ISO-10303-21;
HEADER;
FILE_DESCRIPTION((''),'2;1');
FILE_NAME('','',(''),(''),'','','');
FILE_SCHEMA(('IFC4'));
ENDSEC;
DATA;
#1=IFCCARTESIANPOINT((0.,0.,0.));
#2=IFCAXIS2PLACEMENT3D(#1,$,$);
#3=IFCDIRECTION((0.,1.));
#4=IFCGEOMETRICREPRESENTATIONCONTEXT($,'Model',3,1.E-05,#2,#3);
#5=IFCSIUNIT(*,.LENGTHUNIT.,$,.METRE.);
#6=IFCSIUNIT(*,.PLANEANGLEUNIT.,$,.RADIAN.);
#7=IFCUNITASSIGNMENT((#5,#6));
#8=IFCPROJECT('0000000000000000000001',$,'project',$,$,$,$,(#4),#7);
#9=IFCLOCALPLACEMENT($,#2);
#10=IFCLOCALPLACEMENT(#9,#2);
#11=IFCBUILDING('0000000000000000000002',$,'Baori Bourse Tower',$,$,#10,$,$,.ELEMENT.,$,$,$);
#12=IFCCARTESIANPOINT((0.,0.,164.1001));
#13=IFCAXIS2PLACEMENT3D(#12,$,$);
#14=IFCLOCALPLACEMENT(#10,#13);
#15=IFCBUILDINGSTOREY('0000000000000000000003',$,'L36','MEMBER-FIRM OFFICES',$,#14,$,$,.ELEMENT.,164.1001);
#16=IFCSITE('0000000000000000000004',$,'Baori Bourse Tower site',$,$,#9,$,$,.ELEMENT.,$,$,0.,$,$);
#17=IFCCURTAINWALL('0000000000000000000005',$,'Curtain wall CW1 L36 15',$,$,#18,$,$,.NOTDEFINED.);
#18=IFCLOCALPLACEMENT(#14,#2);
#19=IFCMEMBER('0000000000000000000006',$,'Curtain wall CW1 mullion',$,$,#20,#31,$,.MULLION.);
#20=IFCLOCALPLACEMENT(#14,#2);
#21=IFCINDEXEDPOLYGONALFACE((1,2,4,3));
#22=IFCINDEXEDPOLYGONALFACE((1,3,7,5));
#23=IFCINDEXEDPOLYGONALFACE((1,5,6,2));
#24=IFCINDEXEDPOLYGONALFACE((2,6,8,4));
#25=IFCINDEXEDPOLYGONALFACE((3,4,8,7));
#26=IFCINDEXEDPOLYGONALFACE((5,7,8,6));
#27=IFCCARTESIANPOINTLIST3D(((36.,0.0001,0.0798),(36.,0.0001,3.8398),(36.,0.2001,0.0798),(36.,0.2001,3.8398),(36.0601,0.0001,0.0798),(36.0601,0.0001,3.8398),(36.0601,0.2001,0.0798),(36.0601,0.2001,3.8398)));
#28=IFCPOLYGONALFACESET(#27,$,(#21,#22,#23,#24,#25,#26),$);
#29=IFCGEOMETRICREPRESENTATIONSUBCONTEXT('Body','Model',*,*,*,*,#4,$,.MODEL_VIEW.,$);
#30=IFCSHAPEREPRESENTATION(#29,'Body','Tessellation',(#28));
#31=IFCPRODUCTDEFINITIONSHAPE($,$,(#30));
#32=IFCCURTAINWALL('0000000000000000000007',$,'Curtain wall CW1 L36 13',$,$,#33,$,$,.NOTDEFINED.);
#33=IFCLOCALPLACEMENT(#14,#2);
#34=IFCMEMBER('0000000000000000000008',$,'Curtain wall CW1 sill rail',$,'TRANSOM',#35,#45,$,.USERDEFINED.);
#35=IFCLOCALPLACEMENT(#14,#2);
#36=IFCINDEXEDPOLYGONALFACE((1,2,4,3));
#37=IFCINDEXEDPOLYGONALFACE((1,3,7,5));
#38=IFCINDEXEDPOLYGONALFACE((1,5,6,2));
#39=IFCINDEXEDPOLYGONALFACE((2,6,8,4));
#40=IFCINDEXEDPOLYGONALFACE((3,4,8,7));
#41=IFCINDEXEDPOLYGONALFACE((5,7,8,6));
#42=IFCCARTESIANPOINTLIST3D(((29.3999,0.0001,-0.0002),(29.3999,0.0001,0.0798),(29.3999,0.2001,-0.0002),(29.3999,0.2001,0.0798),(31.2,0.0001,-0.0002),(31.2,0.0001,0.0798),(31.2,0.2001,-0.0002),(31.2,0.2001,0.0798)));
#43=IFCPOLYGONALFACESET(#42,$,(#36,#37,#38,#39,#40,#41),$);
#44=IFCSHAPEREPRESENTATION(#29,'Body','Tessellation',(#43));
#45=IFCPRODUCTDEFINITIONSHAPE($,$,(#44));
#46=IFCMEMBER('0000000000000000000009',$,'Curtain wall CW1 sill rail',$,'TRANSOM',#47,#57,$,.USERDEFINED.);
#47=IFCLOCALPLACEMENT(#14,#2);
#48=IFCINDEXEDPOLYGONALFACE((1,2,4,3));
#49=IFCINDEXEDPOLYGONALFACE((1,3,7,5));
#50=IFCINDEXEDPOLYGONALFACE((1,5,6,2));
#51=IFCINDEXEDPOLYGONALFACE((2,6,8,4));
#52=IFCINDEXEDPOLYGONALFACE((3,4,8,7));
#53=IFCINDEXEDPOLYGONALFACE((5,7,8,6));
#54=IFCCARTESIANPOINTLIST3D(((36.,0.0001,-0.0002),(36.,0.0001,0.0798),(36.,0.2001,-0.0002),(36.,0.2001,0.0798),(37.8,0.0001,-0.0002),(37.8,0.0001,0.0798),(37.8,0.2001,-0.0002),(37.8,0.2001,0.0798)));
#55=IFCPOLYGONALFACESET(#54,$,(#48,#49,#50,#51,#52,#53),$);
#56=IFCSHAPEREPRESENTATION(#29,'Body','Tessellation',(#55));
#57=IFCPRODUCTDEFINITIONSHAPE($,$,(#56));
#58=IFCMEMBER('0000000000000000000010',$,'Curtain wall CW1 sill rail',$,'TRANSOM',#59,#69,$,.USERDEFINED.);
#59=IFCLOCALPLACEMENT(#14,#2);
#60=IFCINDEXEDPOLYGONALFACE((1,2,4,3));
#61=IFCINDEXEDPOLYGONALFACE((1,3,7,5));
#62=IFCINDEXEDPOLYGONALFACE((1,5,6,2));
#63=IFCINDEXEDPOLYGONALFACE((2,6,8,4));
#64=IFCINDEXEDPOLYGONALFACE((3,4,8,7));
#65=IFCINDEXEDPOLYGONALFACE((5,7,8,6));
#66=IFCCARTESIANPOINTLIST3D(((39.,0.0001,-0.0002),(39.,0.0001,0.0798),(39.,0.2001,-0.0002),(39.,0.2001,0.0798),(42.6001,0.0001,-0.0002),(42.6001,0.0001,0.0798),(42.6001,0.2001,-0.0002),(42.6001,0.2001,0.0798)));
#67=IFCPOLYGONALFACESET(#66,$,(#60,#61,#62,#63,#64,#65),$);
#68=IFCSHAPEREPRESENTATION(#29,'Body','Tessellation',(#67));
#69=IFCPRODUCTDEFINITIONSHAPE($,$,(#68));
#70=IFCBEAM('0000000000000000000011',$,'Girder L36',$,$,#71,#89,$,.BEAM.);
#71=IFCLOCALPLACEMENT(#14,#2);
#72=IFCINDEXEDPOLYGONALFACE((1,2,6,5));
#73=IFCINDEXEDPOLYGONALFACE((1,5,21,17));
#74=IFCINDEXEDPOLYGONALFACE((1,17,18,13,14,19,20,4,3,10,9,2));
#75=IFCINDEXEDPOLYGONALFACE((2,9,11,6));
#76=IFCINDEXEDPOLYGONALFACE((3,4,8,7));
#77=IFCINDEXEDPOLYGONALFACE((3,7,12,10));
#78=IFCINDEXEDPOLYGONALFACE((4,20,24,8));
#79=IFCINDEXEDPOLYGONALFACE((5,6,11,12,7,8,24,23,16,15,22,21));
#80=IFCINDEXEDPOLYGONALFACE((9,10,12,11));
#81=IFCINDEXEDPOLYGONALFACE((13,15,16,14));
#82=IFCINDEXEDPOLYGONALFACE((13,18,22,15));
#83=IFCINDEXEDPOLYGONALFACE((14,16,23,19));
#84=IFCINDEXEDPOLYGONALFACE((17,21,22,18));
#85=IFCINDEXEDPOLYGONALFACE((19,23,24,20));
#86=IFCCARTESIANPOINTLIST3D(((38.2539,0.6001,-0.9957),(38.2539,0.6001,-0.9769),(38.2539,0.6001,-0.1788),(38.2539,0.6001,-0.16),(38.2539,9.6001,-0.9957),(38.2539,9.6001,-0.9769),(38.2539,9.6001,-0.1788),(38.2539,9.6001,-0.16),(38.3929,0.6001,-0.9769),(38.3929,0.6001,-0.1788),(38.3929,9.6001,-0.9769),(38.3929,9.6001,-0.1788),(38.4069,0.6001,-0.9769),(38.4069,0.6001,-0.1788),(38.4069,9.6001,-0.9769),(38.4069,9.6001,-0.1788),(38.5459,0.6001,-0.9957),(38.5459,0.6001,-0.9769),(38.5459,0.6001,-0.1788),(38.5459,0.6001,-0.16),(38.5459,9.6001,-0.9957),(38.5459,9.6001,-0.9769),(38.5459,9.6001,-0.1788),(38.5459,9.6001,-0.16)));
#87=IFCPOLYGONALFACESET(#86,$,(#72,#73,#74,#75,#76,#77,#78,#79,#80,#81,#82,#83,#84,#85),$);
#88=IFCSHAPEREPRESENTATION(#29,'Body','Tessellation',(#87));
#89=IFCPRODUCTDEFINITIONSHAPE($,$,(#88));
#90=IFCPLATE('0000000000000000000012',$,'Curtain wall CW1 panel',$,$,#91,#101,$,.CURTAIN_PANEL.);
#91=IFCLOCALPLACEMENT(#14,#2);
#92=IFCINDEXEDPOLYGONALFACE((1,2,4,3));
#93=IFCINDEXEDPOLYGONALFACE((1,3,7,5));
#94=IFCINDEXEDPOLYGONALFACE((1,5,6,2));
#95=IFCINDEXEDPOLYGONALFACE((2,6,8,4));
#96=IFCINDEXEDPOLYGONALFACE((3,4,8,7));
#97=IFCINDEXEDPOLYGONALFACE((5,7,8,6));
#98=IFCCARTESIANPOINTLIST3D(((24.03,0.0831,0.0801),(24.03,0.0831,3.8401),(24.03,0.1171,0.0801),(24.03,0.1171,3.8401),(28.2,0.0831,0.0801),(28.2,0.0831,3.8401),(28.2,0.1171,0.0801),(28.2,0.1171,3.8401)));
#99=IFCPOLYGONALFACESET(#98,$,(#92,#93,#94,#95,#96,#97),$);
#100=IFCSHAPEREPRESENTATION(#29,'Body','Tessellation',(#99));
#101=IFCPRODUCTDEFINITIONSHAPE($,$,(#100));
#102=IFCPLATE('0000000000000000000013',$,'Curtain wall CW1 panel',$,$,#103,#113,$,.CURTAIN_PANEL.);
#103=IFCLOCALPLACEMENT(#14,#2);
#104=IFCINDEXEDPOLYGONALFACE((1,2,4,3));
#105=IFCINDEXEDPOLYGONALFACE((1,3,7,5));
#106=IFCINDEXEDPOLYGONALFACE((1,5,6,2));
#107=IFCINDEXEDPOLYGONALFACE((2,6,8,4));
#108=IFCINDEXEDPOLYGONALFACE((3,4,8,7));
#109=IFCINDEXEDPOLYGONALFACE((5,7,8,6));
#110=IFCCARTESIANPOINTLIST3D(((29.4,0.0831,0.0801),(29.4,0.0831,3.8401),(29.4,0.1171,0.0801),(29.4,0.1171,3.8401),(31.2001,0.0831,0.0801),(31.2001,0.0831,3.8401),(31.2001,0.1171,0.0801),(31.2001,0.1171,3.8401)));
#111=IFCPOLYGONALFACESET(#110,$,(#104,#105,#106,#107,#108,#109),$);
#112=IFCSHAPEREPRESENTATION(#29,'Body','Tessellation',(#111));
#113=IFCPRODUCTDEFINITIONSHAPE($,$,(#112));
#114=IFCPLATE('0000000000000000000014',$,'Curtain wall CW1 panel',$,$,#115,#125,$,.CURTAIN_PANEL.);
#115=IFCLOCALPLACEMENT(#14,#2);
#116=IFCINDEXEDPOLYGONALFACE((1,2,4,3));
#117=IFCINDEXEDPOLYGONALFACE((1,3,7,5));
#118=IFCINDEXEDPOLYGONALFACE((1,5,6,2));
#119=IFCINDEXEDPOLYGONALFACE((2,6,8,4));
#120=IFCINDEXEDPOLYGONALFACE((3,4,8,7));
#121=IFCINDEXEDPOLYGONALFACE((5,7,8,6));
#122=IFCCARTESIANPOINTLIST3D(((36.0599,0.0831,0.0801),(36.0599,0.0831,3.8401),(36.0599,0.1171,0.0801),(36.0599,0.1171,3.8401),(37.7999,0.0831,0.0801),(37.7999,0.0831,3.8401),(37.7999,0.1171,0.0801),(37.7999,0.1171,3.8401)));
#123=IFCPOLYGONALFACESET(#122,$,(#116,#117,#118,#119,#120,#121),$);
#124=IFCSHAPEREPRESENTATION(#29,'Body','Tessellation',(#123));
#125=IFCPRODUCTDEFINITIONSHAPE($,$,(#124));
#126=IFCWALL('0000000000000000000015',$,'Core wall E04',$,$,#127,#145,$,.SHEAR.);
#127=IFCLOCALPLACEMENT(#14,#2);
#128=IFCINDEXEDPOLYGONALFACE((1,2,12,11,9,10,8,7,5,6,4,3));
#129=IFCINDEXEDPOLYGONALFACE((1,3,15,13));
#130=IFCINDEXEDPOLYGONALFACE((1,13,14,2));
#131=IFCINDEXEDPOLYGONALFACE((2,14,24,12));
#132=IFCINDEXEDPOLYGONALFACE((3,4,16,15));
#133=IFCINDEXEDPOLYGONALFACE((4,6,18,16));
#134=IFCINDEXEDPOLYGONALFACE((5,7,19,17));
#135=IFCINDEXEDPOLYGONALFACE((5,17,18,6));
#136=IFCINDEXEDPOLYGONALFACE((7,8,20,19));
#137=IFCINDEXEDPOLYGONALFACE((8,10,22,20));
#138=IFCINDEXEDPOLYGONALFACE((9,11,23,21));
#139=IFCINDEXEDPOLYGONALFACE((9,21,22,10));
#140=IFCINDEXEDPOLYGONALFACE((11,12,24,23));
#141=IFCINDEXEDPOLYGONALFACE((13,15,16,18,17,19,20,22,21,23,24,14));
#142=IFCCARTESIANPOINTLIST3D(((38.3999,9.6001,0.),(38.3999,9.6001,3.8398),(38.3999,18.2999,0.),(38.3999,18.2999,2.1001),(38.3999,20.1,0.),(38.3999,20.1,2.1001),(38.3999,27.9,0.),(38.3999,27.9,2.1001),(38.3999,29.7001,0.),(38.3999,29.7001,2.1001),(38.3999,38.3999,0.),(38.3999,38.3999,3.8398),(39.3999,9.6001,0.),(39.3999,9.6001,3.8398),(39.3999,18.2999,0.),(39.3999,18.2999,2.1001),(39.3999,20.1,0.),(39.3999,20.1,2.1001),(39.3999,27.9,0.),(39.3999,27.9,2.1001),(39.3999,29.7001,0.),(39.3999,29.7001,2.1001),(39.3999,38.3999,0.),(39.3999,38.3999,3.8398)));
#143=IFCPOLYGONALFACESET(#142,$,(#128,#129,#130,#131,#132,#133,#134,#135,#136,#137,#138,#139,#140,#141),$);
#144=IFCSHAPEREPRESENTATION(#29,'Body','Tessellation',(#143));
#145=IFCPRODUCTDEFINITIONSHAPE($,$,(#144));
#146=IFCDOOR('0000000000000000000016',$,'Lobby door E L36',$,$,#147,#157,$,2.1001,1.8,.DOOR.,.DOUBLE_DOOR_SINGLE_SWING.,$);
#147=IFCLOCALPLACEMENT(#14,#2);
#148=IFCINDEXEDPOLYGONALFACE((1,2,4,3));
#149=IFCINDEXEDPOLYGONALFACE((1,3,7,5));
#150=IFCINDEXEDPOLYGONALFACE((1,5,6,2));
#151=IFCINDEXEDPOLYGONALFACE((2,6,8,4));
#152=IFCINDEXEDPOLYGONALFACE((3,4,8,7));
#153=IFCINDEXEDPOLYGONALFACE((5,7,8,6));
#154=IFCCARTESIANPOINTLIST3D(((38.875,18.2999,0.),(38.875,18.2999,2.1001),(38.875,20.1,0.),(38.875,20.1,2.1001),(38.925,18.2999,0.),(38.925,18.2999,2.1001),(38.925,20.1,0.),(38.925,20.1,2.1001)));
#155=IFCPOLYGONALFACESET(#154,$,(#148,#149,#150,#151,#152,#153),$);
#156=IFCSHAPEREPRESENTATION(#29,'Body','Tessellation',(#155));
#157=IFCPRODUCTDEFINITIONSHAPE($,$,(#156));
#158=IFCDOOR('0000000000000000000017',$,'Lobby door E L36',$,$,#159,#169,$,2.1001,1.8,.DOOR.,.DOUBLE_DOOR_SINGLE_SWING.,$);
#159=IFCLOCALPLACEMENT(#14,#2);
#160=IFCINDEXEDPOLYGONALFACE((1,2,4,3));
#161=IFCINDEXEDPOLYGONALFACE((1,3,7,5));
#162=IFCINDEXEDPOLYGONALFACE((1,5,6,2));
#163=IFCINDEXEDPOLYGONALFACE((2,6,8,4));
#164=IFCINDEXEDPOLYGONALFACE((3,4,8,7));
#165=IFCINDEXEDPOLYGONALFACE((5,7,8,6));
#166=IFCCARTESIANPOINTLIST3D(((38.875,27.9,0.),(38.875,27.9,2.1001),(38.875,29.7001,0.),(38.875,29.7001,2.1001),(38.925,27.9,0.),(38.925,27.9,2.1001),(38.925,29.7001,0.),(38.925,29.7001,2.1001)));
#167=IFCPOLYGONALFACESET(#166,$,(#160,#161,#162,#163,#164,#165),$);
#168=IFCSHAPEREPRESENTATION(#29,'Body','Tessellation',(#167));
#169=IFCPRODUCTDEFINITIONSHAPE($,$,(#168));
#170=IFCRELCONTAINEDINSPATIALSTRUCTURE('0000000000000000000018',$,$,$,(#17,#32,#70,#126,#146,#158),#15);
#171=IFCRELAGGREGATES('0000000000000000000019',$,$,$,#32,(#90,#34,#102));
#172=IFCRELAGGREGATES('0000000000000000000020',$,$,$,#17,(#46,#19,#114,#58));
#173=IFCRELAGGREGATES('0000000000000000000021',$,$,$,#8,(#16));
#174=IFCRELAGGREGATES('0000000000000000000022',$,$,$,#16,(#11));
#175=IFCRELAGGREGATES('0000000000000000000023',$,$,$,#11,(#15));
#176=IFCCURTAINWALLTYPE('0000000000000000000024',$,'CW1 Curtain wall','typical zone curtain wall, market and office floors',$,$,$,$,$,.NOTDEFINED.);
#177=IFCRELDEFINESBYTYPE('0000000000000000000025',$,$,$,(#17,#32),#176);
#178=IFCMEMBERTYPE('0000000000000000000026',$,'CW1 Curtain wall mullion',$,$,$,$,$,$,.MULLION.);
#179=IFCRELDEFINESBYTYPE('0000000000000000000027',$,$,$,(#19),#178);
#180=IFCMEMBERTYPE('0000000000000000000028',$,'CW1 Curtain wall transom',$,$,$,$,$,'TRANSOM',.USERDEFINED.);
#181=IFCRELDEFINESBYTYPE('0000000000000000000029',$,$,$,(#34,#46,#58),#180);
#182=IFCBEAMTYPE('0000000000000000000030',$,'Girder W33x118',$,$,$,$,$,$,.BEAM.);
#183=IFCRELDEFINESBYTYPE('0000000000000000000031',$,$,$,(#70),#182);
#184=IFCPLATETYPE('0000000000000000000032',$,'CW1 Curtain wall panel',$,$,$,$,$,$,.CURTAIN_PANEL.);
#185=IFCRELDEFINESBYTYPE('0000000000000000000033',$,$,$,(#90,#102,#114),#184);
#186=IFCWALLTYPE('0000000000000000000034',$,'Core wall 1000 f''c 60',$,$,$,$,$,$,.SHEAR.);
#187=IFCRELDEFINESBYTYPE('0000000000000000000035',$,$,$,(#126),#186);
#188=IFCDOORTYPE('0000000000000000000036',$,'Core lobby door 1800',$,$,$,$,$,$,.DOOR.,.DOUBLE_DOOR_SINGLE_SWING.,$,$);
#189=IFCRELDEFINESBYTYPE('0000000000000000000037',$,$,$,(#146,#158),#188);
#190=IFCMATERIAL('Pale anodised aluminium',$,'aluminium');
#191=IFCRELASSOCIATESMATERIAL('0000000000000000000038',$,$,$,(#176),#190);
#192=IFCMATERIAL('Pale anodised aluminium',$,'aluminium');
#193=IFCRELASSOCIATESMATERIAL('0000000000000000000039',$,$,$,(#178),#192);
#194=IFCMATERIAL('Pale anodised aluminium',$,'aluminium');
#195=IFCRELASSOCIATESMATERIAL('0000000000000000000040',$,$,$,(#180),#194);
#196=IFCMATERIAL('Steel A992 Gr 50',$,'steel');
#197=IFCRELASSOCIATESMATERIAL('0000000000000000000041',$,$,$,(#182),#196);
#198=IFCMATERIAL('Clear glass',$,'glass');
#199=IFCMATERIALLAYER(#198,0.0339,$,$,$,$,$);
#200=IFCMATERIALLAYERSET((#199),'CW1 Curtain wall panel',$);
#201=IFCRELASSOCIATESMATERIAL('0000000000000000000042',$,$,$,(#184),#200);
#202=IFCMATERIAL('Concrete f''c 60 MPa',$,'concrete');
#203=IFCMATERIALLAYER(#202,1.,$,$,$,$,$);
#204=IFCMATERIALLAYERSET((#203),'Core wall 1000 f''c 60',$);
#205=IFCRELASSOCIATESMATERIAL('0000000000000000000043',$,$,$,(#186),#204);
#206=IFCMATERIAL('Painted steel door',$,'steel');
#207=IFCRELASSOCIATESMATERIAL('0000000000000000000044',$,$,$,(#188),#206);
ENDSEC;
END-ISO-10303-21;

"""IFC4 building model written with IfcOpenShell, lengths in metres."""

from ifc_helpers import new_model, si_unit, direction, frame, frame_2d, origin, origin_2d, place, context, subcontext, project, spatial, rectangle, i_section, extrude, material, layer, layer_set, material_profile, profile_set, type_object, element, fill, aggregate, save


model = new_model("IFC4")

# Units and contexts
model_context = context("Model", 3, precision=1e-05, world=origin(), true_north=direction((0.0, 1.0)))
body_context = subcontext(model_context, "Body", "Model", "MODEL_VIEW")
ifc_project = project(units=[si_unit("LENGTHUNIT", "METRE"), si_unit("PLANEANGLEUNIT", "RADIAN")], contexts=[model_context])

# Site, building, storey
site_placement = place(None, origin())
site = spatial("IfcSite", under=ifc_project, at=site_placement, Name="Baori Bourse Tower site", CompositionType="ELEMENT", RefElevation=0.0)
building_placement = place(site_placement, origin())
building = spatial("IfcBuilding", under=site, at=building_placement, Name="Baori Bourse Tower", CompositionType="ELEMENT")
storey_placement = place(building_placement, frame((0.0, 0.0, 164.1001)))
storey = spatial("IfcBuildingStorey", under=building, at=storey_placement, Name="L36", Description="MEMBER-FIRM OFFICES", CompositionType="ELEMENT", Elevation=164.1001)

# Curtain walls, members
ifc_material_1 = material(Name="Pale anodised aluminium", Category="aluminium")
curtain_wall_type = type_object("IfcCurtainWallType", Name="CW1 Curtain wall", Description="typical zone curtain wall, market and office floors", PredefinedType="NOTDEFINED", material=ifc_material_1)
curtain_wall_1_placement = place(storey_placement, origin())
curtain_wall_1 = element("IfcCurtainWall", 1, at=curtain_wall_1_placement, inside=storey, type_object=curtain_wall_type, Name="Curtain wall CW1 L36 15", PredefinedType="NOTDEFINED")
ifc_material_2 = material(Name="Pale anodised aluminium", Category="aluminium")
ifc_material_profile_1 = material_profile(ifc_material_2, rectangle(XDim=0.2, YDim=0.0601, at=origin_2d()), Name="Mullion 60x200")
ifc_profile_set_1 = profile_set([ifc_material_profile_1], Name="Pale anodised aluminium")
member_type_1 = type_object("IfcMemberType", Name="CW1 Curtain wall mullion", PredefinedType="MULLION", material=ifc_profile_set_1)
member_1_placement = place(storey_placement, frame((36.03, 0.1001, 0.0798), z_axis=(0.0, 0.0, 1.0), x_axis=(0.0, 1.0, 0.0)))
member_1 = element("IfcMember", 2, at=member_1_placement, type_object=member_type_1, Name="Curtain wall CW1 mullion", PredefinedType="MULLION", context=body_context, shape_type="SweptSolid", body=[
    extrude(rectangle(XDim=0.2, YDim=0.0601, at=origin_2d()), origin(), (0.0, 0.0, 1.0), 3.76),
])
curtain_wall_2_placement = place(storey_placement, origin())
curtain_wall_2 = element("IfcCurtainWall", 3, at=curtain_wall_2_placement, inside=storey, type_object=curtain_wall_type, Name="Curtain wall CW1 L36 13", PredefinedType="NOTDEFINED")
ifc_material_3 = material(Name="Pale anodised aluminium", Category="aluminium")
ifc_material_profile_2 = material_profile(ifc_material_3, rectangle(XDim=0.2, YDim=0.0801, at=origin_2d()), Name="Transom 80x200")
ifc_profile_set_2 = profile_set([ifc_material_profile_2], Name="Pale anodised aluminium")
member_type_2 = type_object("IfcMemberType", Name="CW1 Curtain wall transom", ElementType="TRANSOM", PredefinedType="USERDEFINED", material=ifc_profile_set_2)
member_2_placement = place(storey_placement, frame((29.3999, 0.1001, 0.0398), z_axis=(1.0, 0.0, 0.0), x_axis=(0.0, 1.0, 0.0)))
member_2 = element("IfcMember", 4, at=member_2_placement, type_object=member_type_2, Name="Curtain wall CW1 sill rail", ObjectType="TRANSOM", PredefinedType="USERDEFINED", context=body_context, shape_type="SweptSolid", body=[
    extrude(rectangle(XDim=0.2, YDim=0.0801, at=origin_2d()), origin(), (0.0, 0.0, 1.0), 1.8),
])

# Members
member_3_placement = place(storey_placement, frame((36.0, 0.1001, 0.0398), z_axis=(1.0, 0.0, 0.0), x_axis=(0.0, 1.0, 0.0)))
member_3 = element("IfcMember", 5, at=member_3_placement, type_object=member_type_2, Name="Curtain wall CW1 sill rail", ObjectType="TRANSOM", PredefinedType="USERDEFINED", context=body_context, shape_type="SweptSolid", body=[
    extrude(rectangle(XDim=0.2, YDim=0.0801, at=origin_2d()), origin(), (0.0, 0.0, 1.0), 1.8),
])
member_4_placement = place(storey_placement, frame((39.0, 0.1001, 0.0398), z_axis=(1.0, 0.0, 0.0), x_axis=(0.0, 1.0, 0.0)))
member_4 = element("IfcMember", 6, at=member_4_placement, type_object=member_type_2, Name="Curtain wall CW1 sill rail", ObjectType="TRANSOM", PredefinedType="USERDEFINED", context=body_context, shape_type="SweptSolid", body=[
    extrude(rectangle(XDim=0.2, YDim=0.0801, at=origin_2d()), origin(), (0.0, 0.0, 1.0), 3.6001),
])

# Beam
ifc_material_4 = material(Name="Steel A992 Gr 50", Category="steel")
ifc_material_profile_3 = material_profile(ifc_material_4, i_section(OverallWidth=0.292, OverallDepth=0.8357, WebThickness=0.0139, FlangeThickness=0.0188, at=origin_2d()), Name="W33x118")
ifc_profile_set_3 = profile_set([ifc_material_profile_3], Name="Steel A992 Gr 50")
beam_type = type_object("IfcBeamType", Name="Girder W33x118", PredefinedType="BEAM", material=ifc_profile_set_3)
beam_placement = place(storey_placement, frame((38.3999, 0.6001, -0.5779), z_axis=(0.0, 1.0, 0.0), x_axis=(-1.0, 0.0, 0.0)))
element("IfcBeam", 7, at=beam_placement, inside=storey, type_object=beam_type, Name="Girder L36", PredefinedType="BEAM", context=body_context, shape_type="SweptSolid", body=[
    extrude(i_section(OverallWidth=0.292, OverallDepth=0.8357, WebThickness=0.0139, FlangeThickness=0.0188, at=origin_2d()), origin(), (0.0, 0.0, 1.0), 9.0),
])

# Plates
ifc_material_5 = material(Name="Clear glass", Category="glass")
ifc_layer_1 = layer(ifc_material_5, 0.0339)
ifc_layer_set_1 = layer_set([ifc_layer_1], Name="CW1 Curtain wall panel")
plate_type = type_object("IfcPlateType", Name="CW1 Curtain wall panel", PredefinedType="CURTAIN_PANEL", material=ifc_layer_set_1)
plate_1_placement = place(storey_placement, frame((26.115, 0.1001, 0.0801), z_axis=(0.0, 0.0, 1.0), x_axis=(1.0, 0.0, 0.0)))
plate_1 = element("IfcPlate", 8, at=plate_1_placement, type_object=plate_type, Name="Curtain wall CW1 panel", PredefinedType="CURTAIN_PANEL", context=body_context, shape_type="SweptSolid", body=[
    extrude(rectangle(XDim=4.1699, YDim=0.0339, at=origin_2d()), origin(), (0.0, 0.0, 1.0), 3.76),
])
plate_2_placement = place(storey_placement, frame((30.3, 0.1001, 0.0801), z_axis=(0.0, 0.0, 1.0), x_axis=(1.0, 0.0, 0.0)))
plate_2 = element("IfcPlate", 9, at=plate_2_placement, type_object=plate_type, Name="Curtain wall CW1 panel", PredefinedType="CURTAIN_PANEL", context=body_context, shape_type="SweptSolid", body=[
    extrude(rectangle(XDim=1.8, YDim=0.0339, at=origin_2d()), origin(), (0.0, 0.0, 1.0), 3.76),
])
aggregate(curtain_wall_2, [plate_1, member_2, plate_2])
plate_3_placement = place(storey_placement, frame((36.9299, 0.1001, 0.0801), z_axis=(0.0, 0.0, 1.0), x_axis=(1.0, 0.0, 0.0)))
plate_3 = element("IfcPlate", 10, at=plate_3_placement, type_object=plate_type, Name="Curtain wall CW1 panel", PredefinedType="CURTAIN_PANEL", context=body_context, shape_type="SweptSolid", body=[
    extrude(rectangle(XDim=1.74, YDim=0.0339, at=origin_2d()), origin(), (0.0, 0.0, 1.0), 3.76),
])
aggregate(curtain_wall_1, [member_3, member_1, plate_3, member_4])

# Wall, openings, doors
ifc_material_6 = material(Name="Concrete f'c 60 MPa", Category="concrete")
ifc_layer_2 = layer(ifc_material_6, 1.0)
ifc_layer_set_2 = layer_set([ifc_layer_2], Name="Core wall 1000 f'c 60")
wall_type_1 = type_object("IfcWallType", Name="Core wall 1000 f'c 60", PredefinedType="SHEAR", material=ifc_layer_set_2)
wall_1_placement = place(storey_placement, frame((38.8999, 9.6001, 0.0), z_axis=(0.0, 0.0, 1.0), x_axis=(0.0, 1.0, 0.0)))
wall_1 = element("IfcWall", 11, at=wall_1_placement, inside=storey, type_object=wall_type_1, Name="Core wall E04", PredefinedType="SHEAR", context=body_context, shape_type="SweptSolid", body=[
    extrude(rectangle(XDim=28.7998, YDim=1.0, at=frame_2d((14.3999, 0.0))), origin(), (0.0, 0.0, 1.0), 3.8398),
])
opening_1_placement = place(wall_1_placement, frame((8.7, 0.0, 0.0)))
opening_1 = element("IfcOpeningElement", 12, at=opening_1_placement, cuts=wall_1, PredefinedType="OPENING", context=body_context, shape_type="SweptSolid", body=[
    extrude(rectangle(XDim=1.8, YDim=2.1001, at=frame_2d((0.8999, 1.05))), frame((0.0, 0.51, 0.0), z_axis=(0.0, -1.0, 0.0), x_axis=(1.0, 0.0, 0.0)), (0.0, 0.0, 1.0), 1.02),
])
opening_2_placement = place(wall_1_placement, frame((18.3, 0.0, 0.0)))
opening_2 = element("IfcOpeningElement", 13, at=opening_2_placement, cuts=wall_1, PredefinedType="OPENING", context=body_context, shape_type="SweptSolid", body=[
    extrude(rectangle(XDim=1.8, YDim=2.1001, at=frame_2d((0.8999, 1.05))), frame((0.0, 0.51, 0.0), z_axis=(0.0, -1.0, 0.0), x_axis=(1.0, 0.0, 0.0)), (0.0, 0.0, 1.0), 1.02),
])
ifc_material_7 = material(Name="Painted steel door", Category="steel")
door_type_1 = type_object("IfcDoorType", Name="Core lobby door 1800", OperationType="DOUBLE_DOOR_SINGLE_SWING", PredefinedType="DOOR", material=ifc_material_7)
door_1_placement = place(opening_1_placement, origin())
door_1 = element("IfcDoor", 14, at=door_1_placement, inside=storey, type_object=door_type_1, Name="Lobby door E L36", OperationType="DOUBLE_DOOR_SINGLE_SWING", OverallHeight=2.1001, OverallWidth=1.8, PredefinedType="DOOR", context=body_context, shape_type="SweptSolid", body=[
    extrude(rectangle(XDim=1.8, YDim=2.1001, at=frame_2d((0.8999, 1.05))), frame((0.0, 0.0249, 0.0), z_axis=(0.0, -1.0, 0.0), x_axis=(1.0, 0.0, 0.0)), (0.0, 0.0, 1.0), 0.05),
])
fill(opening_1, door_1)
door_2_placement = place(opening_2_placement, origin())
door_2 = element("IfcDoor", 15, at=door_2_placement, inside=storey, type_object=door_type_1, Name="Lobby door E L36", OperationType="DOUBLE_DOOR_SINGLE_SWING", OverallHeight=2.1001, OverallWidth=1.8, PredefinedType="DOOR", context=body_context, shape_type="SweptSolid", body=[
    extrude(rectangle(XDim=1.8, YDim=2.1001, at=frame_2d((0.8999, 1.05))), frame((0.0, 0.0249, 0.0), z_axis=(0.0, -1.0, 0.0), x_axis=(1.0, 0.0, 0.0)), (0.0, 0.0, 1.0), 0.05),
])
fill(opening_2, door_2)

save(model, "model.ifc")
